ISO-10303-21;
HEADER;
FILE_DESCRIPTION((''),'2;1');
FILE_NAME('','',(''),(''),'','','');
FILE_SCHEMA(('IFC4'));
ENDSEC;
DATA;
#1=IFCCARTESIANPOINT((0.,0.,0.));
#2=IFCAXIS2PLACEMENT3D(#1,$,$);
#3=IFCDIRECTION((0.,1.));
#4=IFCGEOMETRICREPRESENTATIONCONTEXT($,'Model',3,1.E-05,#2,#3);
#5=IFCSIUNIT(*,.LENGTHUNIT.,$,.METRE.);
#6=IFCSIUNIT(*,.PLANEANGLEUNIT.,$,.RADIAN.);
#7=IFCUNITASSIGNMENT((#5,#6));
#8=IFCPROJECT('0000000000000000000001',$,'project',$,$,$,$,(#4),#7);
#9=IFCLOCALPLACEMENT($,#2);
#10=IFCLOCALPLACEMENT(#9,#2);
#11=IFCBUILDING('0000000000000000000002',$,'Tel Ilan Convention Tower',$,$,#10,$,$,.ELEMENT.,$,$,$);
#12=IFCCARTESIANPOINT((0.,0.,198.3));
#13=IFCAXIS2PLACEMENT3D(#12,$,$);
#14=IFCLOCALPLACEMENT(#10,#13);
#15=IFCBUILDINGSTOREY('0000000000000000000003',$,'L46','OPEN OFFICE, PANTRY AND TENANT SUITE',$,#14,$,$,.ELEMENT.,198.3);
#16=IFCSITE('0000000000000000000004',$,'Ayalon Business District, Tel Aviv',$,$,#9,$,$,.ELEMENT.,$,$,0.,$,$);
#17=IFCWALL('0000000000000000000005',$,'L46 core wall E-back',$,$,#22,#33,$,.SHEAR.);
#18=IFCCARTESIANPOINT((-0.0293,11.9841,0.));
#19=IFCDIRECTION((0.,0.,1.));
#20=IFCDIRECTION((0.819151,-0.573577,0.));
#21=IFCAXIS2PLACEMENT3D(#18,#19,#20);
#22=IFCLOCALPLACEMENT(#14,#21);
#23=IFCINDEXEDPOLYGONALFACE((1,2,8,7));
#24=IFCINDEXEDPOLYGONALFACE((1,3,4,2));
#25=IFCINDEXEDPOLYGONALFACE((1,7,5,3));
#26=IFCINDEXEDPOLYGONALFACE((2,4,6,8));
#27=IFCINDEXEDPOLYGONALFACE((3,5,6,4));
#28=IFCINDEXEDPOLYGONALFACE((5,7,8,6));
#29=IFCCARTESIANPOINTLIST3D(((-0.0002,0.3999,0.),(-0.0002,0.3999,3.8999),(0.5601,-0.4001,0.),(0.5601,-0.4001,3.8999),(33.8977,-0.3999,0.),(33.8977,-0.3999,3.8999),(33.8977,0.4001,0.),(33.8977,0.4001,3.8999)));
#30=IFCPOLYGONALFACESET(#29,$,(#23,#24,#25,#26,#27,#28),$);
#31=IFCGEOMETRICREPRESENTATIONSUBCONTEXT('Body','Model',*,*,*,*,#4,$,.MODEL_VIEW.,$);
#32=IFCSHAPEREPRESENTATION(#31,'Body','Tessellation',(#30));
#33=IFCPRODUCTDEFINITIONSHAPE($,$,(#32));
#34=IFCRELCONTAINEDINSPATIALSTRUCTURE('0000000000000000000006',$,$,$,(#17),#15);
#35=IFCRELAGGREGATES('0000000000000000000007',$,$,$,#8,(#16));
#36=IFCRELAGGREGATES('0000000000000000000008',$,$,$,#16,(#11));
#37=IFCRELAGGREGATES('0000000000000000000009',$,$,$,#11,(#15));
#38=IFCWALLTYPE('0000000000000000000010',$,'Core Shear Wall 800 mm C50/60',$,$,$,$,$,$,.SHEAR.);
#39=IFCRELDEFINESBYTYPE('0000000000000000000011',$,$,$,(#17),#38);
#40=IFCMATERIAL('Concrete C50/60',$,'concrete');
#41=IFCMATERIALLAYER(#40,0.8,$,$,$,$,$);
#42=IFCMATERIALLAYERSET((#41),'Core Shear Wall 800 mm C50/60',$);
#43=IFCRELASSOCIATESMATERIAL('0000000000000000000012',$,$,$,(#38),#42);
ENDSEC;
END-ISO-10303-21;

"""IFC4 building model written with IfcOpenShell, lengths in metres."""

from ifc_helpers import new_model, si_unit, direction, frame, origin, place, context, subcontext, project, spatial, polyline, outline, extrude, material, layer, layer_set, type_object, element, save


model = new_model("IFC4")

# Units and contexts
model_context = context("Model", 3, precision=1e-05, world=origin(), true_north=direction((0.0, 1.0)))
body_context = subcontext(model_context, "Body", "Model", "MODEL_VIEW")
ifc_project = project(units=[si_unit("LENGTHUNIT", "METRE"), si_unit("PLANEANGLEUNIT", "RADIAN")], contexts=[model_context])

# Site, building, storey
site_placement = place(None, origin())
site = spatial("IfcSite", under=ifc_project, at=site_placement, Name="Ayalon Business District, Tel Aviv", CompositionType="ELEMENT", RefElevation=0.0)
building_placement = place(site_placement, origin())
building = spatial("IfcBuilding", under=site, at=building_placement, Name="Tel Ilan Convention Tower", CompositionType="ELEMENT")
storey_placement = place(building_placement, frame((0.0, 0.0, 198.3)))
storey = spatial("IfcBuildingStorey", under=building, at=storey_placement, Name="L46", Description="OPEN OFFICE, PANTRY AND TENANT SUITE", CompositionType="ELEMENT", Elevation=198.3)

# Wall
ifc_material_1 = material(Name="Concrete C50/60", Category="concrete")
ifc_layer_1 = layer(ifc_material_1, 0.8)
ifc_layer_set_1 = layer_set([ifc_layer_1], Name="Core Shear Wall 800 mm C50/60")
wall_type_1 = type_object("IfcWallType", Name="Core Shear Wall 800 mm C50/60", PredefinedType="SHEAR", material=ifc_layer_set_1)
wall_1_placement = place(storey_placement, frame((-0.0293, 11.9841, 0.0), z_axis=(0.0, 0.0, 1.0), x_axis=(0.819151, -0.573577, 0.0)))
element("IfcWall", 1, at=wall_1_placement, inside=storey, type_object=wall_type_1, Name="L46 core wall E-back", PredefinedType="SHEAR", context=body_context, shape_type="SweptSolid", body=[
    extrude(outline(polyline([(33.8977, 0.4001), (-0.0002, 0.3999), (0.5601, -0.4001), (33.8977, -0.3999), (33.8977, 0.4001)])), origin(), (0.0, 0.0, 1.0), 3.8999),
])

save(model, "model.ifc")
